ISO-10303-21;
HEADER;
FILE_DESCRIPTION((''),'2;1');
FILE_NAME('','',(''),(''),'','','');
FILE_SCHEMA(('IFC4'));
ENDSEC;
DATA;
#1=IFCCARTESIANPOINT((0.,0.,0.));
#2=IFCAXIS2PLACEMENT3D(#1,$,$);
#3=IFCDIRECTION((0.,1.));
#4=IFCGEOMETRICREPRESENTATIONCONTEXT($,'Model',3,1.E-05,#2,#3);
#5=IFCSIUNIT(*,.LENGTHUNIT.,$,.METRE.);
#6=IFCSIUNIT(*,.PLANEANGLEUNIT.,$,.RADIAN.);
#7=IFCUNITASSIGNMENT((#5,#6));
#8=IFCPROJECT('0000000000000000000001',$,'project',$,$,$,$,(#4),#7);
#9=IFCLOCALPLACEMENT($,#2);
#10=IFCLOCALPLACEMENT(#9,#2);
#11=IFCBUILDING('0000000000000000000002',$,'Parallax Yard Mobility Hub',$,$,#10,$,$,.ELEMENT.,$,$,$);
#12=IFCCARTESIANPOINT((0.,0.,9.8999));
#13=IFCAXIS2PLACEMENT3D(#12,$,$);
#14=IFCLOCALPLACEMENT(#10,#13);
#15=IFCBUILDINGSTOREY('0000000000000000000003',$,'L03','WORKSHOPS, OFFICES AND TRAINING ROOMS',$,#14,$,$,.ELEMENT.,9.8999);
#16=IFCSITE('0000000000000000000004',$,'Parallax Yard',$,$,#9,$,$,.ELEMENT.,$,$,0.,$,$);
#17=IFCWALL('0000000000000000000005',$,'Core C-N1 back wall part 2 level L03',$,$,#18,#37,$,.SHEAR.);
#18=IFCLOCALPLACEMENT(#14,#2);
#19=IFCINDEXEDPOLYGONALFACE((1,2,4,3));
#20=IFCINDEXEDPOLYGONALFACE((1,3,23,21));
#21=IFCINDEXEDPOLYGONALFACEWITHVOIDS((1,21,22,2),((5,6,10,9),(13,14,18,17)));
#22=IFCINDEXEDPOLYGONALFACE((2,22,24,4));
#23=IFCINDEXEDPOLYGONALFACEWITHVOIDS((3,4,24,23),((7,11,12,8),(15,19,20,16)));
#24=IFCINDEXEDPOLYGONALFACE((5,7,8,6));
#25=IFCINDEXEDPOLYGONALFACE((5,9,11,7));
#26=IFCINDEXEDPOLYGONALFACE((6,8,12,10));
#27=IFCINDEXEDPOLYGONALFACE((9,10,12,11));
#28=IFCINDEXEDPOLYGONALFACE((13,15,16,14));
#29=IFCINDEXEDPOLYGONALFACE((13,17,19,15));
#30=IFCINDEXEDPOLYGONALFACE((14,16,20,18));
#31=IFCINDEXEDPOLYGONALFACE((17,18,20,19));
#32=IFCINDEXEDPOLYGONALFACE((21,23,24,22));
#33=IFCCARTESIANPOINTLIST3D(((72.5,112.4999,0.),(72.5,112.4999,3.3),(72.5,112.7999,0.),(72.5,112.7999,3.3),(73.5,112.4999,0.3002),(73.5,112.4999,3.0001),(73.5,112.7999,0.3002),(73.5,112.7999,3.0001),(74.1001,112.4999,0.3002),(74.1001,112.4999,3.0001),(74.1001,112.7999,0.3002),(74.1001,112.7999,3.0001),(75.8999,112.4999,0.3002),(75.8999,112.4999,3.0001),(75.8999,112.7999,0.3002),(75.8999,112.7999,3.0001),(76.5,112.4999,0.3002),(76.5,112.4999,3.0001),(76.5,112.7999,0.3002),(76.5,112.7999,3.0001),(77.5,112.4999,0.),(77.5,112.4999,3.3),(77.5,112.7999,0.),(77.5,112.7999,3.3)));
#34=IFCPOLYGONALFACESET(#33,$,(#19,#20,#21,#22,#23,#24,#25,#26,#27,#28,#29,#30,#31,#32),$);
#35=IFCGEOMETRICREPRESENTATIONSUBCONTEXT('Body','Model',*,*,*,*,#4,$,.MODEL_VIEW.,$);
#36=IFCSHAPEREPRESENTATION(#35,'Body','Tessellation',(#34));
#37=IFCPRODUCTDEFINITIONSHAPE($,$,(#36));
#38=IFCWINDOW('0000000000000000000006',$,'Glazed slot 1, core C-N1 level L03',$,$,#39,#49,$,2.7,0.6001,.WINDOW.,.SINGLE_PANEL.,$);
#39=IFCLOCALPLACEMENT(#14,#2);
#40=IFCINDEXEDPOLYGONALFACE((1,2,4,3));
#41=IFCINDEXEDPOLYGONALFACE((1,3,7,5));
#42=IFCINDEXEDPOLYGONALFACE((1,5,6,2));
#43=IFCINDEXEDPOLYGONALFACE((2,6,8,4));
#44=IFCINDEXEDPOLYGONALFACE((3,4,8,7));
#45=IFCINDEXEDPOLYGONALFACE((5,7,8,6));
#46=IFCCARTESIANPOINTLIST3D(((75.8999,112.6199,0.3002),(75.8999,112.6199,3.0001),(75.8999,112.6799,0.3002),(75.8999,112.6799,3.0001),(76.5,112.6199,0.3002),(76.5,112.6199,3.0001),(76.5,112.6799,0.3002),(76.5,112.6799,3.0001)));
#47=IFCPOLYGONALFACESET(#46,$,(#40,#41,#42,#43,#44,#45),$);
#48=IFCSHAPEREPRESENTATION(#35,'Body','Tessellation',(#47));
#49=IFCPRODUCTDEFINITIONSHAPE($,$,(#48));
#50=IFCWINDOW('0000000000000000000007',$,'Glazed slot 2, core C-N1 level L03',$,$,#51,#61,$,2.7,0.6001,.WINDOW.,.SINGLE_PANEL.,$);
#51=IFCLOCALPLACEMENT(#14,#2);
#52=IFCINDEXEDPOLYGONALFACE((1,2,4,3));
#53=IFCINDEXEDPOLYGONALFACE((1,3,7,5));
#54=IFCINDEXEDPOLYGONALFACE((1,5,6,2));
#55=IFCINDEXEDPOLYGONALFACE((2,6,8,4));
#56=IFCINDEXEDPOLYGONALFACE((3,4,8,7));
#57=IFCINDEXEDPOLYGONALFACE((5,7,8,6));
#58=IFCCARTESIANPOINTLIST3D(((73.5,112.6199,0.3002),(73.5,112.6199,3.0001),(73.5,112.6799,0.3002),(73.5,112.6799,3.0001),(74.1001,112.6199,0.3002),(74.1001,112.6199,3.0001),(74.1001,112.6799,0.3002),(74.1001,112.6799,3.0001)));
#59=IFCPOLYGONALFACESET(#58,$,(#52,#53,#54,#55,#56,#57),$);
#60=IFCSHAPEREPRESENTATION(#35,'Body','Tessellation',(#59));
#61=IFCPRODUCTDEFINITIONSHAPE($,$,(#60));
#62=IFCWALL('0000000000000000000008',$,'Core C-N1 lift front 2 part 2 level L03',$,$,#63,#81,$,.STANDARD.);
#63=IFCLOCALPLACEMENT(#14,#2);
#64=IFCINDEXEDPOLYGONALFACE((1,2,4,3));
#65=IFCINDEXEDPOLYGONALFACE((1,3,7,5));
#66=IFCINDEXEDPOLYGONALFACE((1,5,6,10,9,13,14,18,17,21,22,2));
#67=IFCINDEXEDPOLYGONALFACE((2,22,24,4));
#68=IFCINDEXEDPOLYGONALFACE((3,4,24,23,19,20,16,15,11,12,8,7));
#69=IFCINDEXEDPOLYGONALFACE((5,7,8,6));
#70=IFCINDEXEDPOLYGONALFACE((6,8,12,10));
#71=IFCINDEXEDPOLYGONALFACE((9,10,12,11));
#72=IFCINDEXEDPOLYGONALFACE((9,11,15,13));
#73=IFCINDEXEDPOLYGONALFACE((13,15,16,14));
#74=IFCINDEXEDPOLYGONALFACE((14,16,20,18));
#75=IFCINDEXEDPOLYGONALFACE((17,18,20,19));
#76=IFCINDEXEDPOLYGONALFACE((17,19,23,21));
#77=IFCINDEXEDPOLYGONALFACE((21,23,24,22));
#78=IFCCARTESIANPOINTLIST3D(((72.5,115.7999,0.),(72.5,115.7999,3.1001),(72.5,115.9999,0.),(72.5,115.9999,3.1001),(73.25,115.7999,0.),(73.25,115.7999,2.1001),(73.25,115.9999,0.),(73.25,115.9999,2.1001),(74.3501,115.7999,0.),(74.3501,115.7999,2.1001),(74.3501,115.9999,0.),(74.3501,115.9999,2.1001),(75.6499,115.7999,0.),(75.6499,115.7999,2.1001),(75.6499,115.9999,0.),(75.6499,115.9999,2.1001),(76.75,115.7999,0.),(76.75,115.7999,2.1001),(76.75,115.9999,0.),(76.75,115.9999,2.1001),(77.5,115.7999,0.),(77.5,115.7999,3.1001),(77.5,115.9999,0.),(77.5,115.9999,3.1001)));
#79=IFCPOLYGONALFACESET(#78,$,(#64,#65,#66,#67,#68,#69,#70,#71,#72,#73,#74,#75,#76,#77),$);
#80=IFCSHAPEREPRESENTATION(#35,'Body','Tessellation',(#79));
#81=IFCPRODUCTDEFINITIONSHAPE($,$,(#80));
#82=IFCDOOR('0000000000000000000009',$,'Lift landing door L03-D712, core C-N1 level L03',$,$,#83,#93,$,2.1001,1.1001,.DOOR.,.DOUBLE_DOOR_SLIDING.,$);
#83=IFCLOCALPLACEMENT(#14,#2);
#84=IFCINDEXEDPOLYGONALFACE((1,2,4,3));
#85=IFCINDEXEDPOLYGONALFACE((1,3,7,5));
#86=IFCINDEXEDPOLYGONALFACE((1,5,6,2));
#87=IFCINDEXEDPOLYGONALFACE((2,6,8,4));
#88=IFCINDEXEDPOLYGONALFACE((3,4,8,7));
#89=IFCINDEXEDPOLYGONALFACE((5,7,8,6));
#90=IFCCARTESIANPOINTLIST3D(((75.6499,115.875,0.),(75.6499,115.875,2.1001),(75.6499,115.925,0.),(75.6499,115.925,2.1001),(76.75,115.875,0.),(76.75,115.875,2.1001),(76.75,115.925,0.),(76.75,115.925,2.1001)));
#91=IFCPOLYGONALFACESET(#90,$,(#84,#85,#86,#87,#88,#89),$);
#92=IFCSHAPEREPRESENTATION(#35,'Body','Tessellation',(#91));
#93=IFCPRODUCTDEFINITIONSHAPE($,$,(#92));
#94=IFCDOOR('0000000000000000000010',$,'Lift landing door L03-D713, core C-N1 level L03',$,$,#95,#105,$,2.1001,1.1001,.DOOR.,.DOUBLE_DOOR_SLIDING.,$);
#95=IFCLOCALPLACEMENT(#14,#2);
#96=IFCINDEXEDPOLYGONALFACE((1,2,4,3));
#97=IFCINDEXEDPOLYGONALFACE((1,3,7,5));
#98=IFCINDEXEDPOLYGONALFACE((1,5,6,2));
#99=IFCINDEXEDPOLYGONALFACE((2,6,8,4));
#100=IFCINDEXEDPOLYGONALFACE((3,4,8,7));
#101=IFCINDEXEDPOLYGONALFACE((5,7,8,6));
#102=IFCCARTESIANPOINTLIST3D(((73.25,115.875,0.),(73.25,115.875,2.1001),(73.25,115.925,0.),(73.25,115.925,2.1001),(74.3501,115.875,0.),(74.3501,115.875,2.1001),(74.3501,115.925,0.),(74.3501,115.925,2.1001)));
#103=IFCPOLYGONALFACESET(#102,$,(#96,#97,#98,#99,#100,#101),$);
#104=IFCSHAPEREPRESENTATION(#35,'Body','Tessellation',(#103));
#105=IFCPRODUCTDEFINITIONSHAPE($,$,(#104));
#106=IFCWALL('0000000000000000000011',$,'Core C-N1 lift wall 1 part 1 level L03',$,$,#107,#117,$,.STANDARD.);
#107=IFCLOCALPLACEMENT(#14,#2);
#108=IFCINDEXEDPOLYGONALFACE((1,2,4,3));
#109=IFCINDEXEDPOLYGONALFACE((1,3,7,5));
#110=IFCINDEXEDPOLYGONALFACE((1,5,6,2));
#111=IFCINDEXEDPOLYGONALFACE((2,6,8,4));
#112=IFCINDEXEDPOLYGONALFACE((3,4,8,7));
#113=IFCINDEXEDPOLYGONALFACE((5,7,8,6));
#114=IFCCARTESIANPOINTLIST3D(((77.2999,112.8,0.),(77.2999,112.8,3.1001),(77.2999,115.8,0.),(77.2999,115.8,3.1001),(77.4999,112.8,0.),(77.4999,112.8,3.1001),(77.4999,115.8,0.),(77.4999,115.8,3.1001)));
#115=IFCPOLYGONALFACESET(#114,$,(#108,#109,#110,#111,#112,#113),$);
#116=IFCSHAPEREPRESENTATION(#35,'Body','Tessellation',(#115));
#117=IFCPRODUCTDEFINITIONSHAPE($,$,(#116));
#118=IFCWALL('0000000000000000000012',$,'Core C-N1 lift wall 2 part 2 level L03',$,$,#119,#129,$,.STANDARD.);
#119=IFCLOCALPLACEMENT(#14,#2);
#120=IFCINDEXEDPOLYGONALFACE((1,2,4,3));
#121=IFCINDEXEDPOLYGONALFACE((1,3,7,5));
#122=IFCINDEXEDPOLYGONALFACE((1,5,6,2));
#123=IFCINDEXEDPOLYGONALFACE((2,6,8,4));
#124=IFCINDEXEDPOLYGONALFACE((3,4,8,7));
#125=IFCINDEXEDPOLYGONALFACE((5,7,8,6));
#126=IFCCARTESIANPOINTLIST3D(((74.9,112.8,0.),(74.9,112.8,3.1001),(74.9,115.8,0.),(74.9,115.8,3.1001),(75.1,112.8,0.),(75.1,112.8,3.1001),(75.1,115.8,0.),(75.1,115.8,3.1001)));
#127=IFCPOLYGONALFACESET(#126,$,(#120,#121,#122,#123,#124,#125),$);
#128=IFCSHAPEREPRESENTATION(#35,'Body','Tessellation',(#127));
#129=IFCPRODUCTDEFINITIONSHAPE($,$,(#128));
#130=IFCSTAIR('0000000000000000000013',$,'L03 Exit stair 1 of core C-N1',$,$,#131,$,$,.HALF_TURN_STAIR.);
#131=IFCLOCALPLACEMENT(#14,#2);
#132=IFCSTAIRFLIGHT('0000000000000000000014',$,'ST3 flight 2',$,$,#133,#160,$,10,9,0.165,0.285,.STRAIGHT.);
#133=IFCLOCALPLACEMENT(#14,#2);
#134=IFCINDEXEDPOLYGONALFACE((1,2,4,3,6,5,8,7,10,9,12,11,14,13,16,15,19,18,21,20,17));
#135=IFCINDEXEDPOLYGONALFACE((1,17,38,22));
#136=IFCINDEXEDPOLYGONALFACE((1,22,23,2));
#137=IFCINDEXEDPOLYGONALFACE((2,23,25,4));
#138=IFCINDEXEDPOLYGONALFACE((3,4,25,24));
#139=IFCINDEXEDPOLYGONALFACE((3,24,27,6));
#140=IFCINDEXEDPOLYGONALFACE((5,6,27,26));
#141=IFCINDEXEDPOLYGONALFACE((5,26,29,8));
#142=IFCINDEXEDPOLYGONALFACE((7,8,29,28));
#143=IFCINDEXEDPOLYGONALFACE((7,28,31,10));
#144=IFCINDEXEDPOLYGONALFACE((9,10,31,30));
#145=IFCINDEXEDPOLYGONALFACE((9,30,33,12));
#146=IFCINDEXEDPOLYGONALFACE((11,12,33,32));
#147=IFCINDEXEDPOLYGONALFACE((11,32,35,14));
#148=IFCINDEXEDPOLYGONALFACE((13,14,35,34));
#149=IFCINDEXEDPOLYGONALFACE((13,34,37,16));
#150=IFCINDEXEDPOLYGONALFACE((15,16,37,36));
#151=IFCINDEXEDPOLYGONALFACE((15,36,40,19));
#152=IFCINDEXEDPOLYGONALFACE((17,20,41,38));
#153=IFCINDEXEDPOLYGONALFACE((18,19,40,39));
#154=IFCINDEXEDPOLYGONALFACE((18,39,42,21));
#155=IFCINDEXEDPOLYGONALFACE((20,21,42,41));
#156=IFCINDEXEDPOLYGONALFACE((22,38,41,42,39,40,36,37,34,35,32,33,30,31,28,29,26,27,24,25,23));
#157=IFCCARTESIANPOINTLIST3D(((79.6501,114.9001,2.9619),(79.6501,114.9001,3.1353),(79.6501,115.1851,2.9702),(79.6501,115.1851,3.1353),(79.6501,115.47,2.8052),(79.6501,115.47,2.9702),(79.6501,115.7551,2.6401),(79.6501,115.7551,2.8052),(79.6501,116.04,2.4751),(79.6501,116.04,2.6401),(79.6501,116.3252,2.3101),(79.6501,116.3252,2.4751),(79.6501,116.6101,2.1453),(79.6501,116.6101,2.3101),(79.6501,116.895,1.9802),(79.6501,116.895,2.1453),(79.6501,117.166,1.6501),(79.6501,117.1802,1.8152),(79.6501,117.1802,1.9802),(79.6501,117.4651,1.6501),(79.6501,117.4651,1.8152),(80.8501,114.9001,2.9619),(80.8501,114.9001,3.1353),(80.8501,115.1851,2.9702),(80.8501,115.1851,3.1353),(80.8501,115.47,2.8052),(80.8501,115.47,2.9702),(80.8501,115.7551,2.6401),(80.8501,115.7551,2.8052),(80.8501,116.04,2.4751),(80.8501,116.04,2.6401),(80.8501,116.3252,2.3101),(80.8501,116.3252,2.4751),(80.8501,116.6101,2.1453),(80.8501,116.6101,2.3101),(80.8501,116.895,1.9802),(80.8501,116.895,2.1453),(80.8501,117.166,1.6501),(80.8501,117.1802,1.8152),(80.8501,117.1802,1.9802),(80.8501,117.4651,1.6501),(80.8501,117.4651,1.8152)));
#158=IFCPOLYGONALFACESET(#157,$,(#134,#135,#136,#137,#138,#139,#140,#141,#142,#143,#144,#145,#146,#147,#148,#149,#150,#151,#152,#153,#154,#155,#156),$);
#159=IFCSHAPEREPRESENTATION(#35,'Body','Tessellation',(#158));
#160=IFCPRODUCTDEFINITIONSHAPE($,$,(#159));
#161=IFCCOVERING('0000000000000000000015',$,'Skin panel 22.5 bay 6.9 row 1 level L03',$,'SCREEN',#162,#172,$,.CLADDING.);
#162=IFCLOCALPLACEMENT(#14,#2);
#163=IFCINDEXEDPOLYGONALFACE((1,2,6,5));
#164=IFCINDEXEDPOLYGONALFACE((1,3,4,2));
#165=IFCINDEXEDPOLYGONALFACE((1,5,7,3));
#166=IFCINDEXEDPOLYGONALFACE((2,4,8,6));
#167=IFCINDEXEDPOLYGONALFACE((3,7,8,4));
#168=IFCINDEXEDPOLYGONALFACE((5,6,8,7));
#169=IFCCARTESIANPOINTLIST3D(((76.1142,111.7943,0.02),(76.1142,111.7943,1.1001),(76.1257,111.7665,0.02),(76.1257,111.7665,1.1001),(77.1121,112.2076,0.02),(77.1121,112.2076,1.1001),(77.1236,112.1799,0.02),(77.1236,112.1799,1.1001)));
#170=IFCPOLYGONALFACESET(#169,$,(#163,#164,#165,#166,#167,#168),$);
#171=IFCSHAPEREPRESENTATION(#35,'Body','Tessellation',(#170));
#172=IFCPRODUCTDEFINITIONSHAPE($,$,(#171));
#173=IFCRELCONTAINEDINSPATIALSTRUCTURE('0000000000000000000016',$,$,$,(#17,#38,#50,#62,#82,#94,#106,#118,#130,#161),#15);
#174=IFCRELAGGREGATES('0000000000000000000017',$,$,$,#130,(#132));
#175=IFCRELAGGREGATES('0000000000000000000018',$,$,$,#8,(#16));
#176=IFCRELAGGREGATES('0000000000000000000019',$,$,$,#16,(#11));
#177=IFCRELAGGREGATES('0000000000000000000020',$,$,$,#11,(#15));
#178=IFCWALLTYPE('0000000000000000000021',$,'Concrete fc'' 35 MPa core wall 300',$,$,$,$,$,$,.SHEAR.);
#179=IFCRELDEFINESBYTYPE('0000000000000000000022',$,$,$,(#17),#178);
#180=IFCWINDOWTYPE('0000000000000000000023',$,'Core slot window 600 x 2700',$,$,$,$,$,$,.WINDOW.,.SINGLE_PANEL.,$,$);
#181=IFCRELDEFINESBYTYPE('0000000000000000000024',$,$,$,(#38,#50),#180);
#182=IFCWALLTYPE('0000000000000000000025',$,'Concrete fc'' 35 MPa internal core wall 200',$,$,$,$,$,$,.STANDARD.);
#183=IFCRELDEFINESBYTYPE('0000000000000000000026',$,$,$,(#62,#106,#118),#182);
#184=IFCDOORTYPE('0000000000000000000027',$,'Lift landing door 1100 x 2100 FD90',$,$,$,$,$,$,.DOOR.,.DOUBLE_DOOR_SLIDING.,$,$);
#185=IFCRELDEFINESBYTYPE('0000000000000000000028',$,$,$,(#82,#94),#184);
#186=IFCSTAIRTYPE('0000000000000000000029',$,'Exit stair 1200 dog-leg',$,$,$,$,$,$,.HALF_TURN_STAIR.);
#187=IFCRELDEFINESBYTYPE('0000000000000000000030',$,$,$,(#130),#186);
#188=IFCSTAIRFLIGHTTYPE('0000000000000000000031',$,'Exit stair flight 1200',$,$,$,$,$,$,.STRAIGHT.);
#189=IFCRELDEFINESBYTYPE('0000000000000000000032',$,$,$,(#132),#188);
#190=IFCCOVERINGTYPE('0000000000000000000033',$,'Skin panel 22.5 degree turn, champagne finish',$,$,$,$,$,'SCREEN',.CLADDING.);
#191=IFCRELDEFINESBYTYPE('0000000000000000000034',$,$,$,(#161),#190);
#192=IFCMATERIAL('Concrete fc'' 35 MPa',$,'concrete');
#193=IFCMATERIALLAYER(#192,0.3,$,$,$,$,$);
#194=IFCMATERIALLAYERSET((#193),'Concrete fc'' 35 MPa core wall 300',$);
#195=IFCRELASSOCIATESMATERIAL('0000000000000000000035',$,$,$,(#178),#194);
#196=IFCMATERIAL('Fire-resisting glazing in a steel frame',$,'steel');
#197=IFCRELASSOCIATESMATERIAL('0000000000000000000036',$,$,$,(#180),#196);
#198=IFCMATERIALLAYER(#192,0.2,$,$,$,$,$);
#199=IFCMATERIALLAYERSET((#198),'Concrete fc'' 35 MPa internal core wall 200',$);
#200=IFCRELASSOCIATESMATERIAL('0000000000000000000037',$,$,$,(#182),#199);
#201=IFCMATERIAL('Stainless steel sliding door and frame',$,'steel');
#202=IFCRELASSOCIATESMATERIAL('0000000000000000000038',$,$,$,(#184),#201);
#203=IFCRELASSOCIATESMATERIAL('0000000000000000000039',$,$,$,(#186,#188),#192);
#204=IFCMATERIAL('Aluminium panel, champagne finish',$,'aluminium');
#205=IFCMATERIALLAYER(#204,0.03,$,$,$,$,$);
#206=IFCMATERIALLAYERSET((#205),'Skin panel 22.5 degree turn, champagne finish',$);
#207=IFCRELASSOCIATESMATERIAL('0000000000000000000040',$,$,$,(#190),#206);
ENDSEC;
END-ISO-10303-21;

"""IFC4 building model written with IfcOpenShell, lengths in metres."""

from ifc_helpers import new_model, si_unit, direction, frame, frame_2d, origin, origin_2d, place, context, subcontext, project, spatial, polyline, rectangle, outline, extrude, material, layer, layer_set, type_object, element, fill, aggregate, save


model = new_model("IFC4")

# Units and contexts
model_context = context("Model", 3, precision=1e-05, world=origin(), true_north=direction((0.0, 1.0)))
body_context = subcontext(model_context, "Body", "Model", "MODEL_VIEW")
ifc_project = project(units=[si_unit("LENGTHUNIT", "METRE"), si_unit("PLANEANGLEUNIT", "RADIAN")], contexts=[model_context])

# Site, building, storey
site_placement = place(None, origin())
site = spatial("IfcSite", under=ifc_project, at=site_placement, Name="Parallax Yard", CompositionType="ELEMENT", RefElevation=0.0)
building_placement = place(site_placement, origin())
building = spatial("IfcBuilding", under=site, at=building_placement, Name="Parallax Yard Mobility Hub", CompositionType="ELEMENT")
storey_placement = place(building_placement, frame((0.0, 0.0, 9.8999)))
storey = spatial("IfcBuildingStorey", under=building, at=storey_placement, Name="L03", Description="WORKSHOPS, OFFICES AND TRAINING ROOMS", CompositionType="ELEMENT", Elevation=9.8999)

# Wall, openings, windows
ifc_material_1 = material(Name="Concrete fc' 35 MPa", Category="concrete")
ifc_layer_1 = layer(ifc_material_1, 0.3)
ifc_layer_set_1 = layer_set([ifc_layer_1], Name="Concrete fc' 35 MPa core wall 300")
wall_type_1 = type_object("IfcWallType", Name="Concrete fc' 35 MPa core wall 300", PredefinedType="SHEAR", material=ifc_layer_set_1)
wall_1_placement = place(storey_placement, frame((77.5, 112.6499, 0.0), z_axis=(0.0, 0.0, 1.0), x_axis=(-1.0, 0.0, 0.0)))
wall_1 = element("IfcWall", 1, at=wall_1_placement, inside=storey, type_object=wall_type_1, Name="Core C-N1 back wall part 2 level L03", PredefinedType="SHEAR", context=body_context, shape_type="SweptSolid", body=[
    extrude(rectangle(XDim=5.0, YDim=0.3, at=frame_2d((2.5, 0.0))), origin(), (0.0, 0.0, 1.0), 3.3),
])
opening_1_placement = place(wall_1_placement, frame((1.0, 0.0, 0.3)))
opening_1 = element("IfcOpeningElement", 2, at=opening_1_placement, cuts=wall_1, PredefinedType="OPENING", context=body_context, shape_type="SweptSolid", body=[
    extrude(rectangle(XDim=0.6001, YDim=2.7, at=frame_2d((0.3, 1.3501))), frame((0.0, 0.1602, 0.0), z_axis=(0.0, -1.0, 0.0), x_axis=(1.0, 0.0, 0.0)), (0.0, 0.0, 1.0), 0.3201),
])
opening_2_placement = place(wall_1_placement, frame((3.3999, 0.0, 0.3)))
opening_2 = element("IfcOpeningElement", 3, at=opening_2_placement, cuts=wall_1, PredefinedType="OPENING", context=body_context, shape_type="SweptSolid", body=[
    extrude(rectangle(XDim=0.6001, YDim=2.7, at=frame_2d((0.3, 1.3501))), frame((0.0, 0.1602, 0.0), z_axis=(0.0, -1.0, 0.0), x_axis=(1.0, 0.0, 0.0)), (0.0, 0.0, 1.0), 0.3201),
])
ifc_material_2 = material(Name="Fire-resisting glazing in a steel frame", Category="steel")
window_type = type_object("IfcWindowType", Name="Core slot window 600 x 2700", PartitioningType="SINGLE_PANEL", PredefinedType="WINDOW", material=ifc_material_2)
window_1_placement = place(opening_1_placement, origin())
window_1 = element("IfcWindow", 4, at=window_1_placement, inside=storey, type_object=window_type, Name="Glazed slot 1, core C-N1 level L03", OverallHeight=2.7, OverallWidth=0.6001, PartitioningType="SINGLE_PANEL", PredefinedType="WINDOW", context=body_context, shape_type="SweptSolid", body=[
    extrude(rectangle(XDim=0.6001, YDim=2.7, at=frame_2d((0.3, 1.3501))), frame((0.0, 0.03, 0.0), z_axis=(0.0, -1.0, 0.0), x_axis=(1.0, 0.0, 0.0)), (0.0, 0.0, 1.0), 0.0601),
])
fill(opening_1, window_1)
window_2_placement = place(opening_2_placement, origin())
window_2 = element("IfcWindow", 5, at=window_2_placement, inside=storey, type_object=window_type, Name="Glazed slot 2, core C-N1 level L03", OverallHeight=2.7, OverallWidth=0.6001, PartitioningType="SINGLE_PANEL", PredefinedType="WINDOW", context=body_context, shape_type="SweptSolid", body=[
    extrude(rectangle(XDim=0.6001, YDim=2.7, at=frame_2d((0.3, 1.3501))), frame((0.0, 0.03, 0.0), z_axis=(0.0, -1.0, 0.0), x_axis=(1.0, 0.0, 0.0)), (0.0, 0.0, 1.0), 0.0601),
])
fill(opening_2, window_2)

# Wall, openings, doors
ifc_layer_2 = layer(ifc_material_1, 0.2)
ifc_layer_set_2 = layer_set([ifc_layer_2], Name="Concrete fc' 35 MPa internal core wall 200")
wall_type_2 = type_object("IfcWallType", Name="Concrete fc' 35 MPa internal core wall 200", PredefinedType="STANDARD", material=ifc_layer_set_2)
wall_2_placement = place(storey_placement, frame((77.5, 115.8999, 0.0), z_axis=(0.0, 0.0, 1.0), x_axis=(-1.0, 0.0, 0.0)))
wall_2 = element("IfcWall", 6, at=wall_2_placement, inside=storey, type_object=wall_type_2, Name="Core C-N1 lift front 2 part 2 level L03", PredefinedType="STANDARD", context=body_context, shape_type="SweptSolid", body=[
    extrude(rectangle(XDim=5.0, YDim=0.2, at=frame_2d((2.5, 0.0))), origin(), (0.0, 0.0, 1.0), 3.1001),
])
opening_3_placement = place(wall_2_placement, frame((0.75, 0.0, 0.0)))
opening_3 = element("IfcOpeningElement", 7, at=opening_3_placement, cuts=wall_2, PredefinedType="OPENING", context=body_context, shape_type="SweptSolid", body=[
    extrude(rectangle(XDim=1.1001, YDim=2.1001, at=frame_2d((0.55, 1.05))), frame((0.0, 0.1099, 0.0), z_axis=(0.0, -1.0, 0.0), x_axis=(1.0, 0.0, 0.0)), (0.0, 0.0, 1.0), 0.22),
])
opening_4_placement = place(wall_2_placement, frame((3.1499, 0.0, 0.0)))
opening_4 = element("IfcOpeningElement", 8, at=opening_4_placement, cuts=wall_2, PredefinedType="OPENING", context=body_context, shape_type="SweptSolid", body=[
    extrude(rectangle(XDim=1.1001, YDim=2.1001, at=frame_2d((0.55, 1.05))), frame((0.0, 0.1099, 0.0), z_axis=(0.0, -1.0, 0.0), x_axis=(1.0, 0.0, 0.0)), (0.0, 0.0, 1.0), 0.22),
])
ifc_material_3 = material(Name="Stainless steel sliding door and frame", Category="steel")
door_type = type_object("IfcDoorType", Name="Lift landing door 1100 x 2100 FD90", OperationType="DOUBLE_DOOR_SLIDING", PredefinedType="DOOR", material=ifc_material_3)
door_1_placement = place(opening_3_placement, origin())
door_1 = element("IfcDoor", 9, at=door_1_placement, inside=storey, type_object=door_type, Name="Lift landing door L03-D712, core C-N1 level L03", OperationType="DOUBLE_DOOR_SLIDING", OverallHeight=2.1001, OverallWidth=1.1001, PredefinedType="DOOR", context=body_context, shape_type="SweptSolid", body=[
    extrude(rectangle(XDim=1.1001, YDim=2.1001, at=frame_2d((0.55, 1.05))), frame((0.0, 0.0249, 0.0), z_axis=(0.0, -1.0, 0.0), x_axis=(1.0, 0.0, 0.0)), (0.0, 0.0, 1.0), 0.05),
])
fill(opening_3, door_1)
door_2_placement = place(opening_4_placement, origin())
door_2 = element("IfcDoor", 10, at=door_2_placement, inside=storey, type_object=door_type, Name="Lift landing door L03-D713, core C-N1 level L03", OperationType="DOUBLE_DOOR_SLIDING", OverallHeight=2.1001, OverallWidth=1.1001, PredefinedType="DOOR", context=body_context, shape_type="SweptSolid", body=[
    extrude(rectangle(XDim=1.1001, YDim=2.1001, at=frame_2d((0.55, 1.05))), frame((0.0, 0.0249, 0.0), z_axis=(0.0, -1.0, 0.0), x_axis=(1.0, 0.0, 0.0)), (0.0, 0.0, 1.0), 0.05),
])
fill(opening_4, door_2)

# Walls
for number, where, z_axis, x_axis, name in (
    (11, (77.3999, 115.8, 0.0), (0.0, 0.0, 1.0), (0.0, -1.0, 0.0), "Core C-N1 lift wall 1 part 1 level L03"),
    (12, (75.0, 115.8, 0.0), (0.0, 0.0, 1.0), (0.0, -1.0, 0.0), "Core C-N1 lift wall 2 part 2 level L03"),
):
    element("IfcWall", number, at=place(storey_placement, frame(where, z_axis=z_axis, x_axis=x_axis)), inside=storey, type_object=wall_type_2, Name=name, PredefinedType="STANDARD", context=body_context, shape_type="SweptSolid", body=[
        extrude(rectangle(XDim=3.0, YDim=0.2, at=frame_2d((1.5, 0.0))), origin(), (0.0, 0.0, 1.0), 3.1001),
    ])

# Stair, stair flight
stair_type = type_object("IfcStairType", Name="Exit stair 1200 dog-leg", PredefinedType="HALF_TURN_STAIR", material=ifc_material_1)
stair_placement = place(storey_placement, origin())
stair = element("IfcStair", 13, at=stair_placement, inside=storey, type_object=stair_type, Name="L03 Exit stair 1 of core C-N1", PredefinedType="HALF_TURN_STAIR")
stair_flight_type = type_object("IfcStairFlightType", Name="Exit stair flight 1200", PredefinedType="STRAIGHT", material=ifc_material_1)
stair_flight_placement = place(storey_placement, frame((80.25, 117.4651, 1.6501), z_axis=(0.0, 0.0, 1.0), x_axis=(0.0, -1.0, 0.0)))
stair_flight = element("IfcStairFlight", 14, at=stair_flight_placement, type_object=stair_flight_type, Name="ST3 flight 2", NumberOfRisers=10, NumberOfTreads=9, PredefinedType="STRAIGHT", RiserHeight=0.165, TreadLength=0.285, context=body_context, shape_type="SweptSolid", body=[
    extrude(outline(polyline([(0.0, 0.0), (0.0, 0.165), (0.2849, 0.165), (0.2849, 0.3301), (0.5701, 0.3301), (0.5701, 0.4951), (0.855, 0.4951), (0.855, 0.6599), (1.1399, 0.6599), (1.1399, 0.825), (1.425, 0.825), (1.425, 0.99), (1.71, 0.99), (1.71, 1.155), (1.9951, 1.155), (1.9951, 1.3201), (2.28, 1.3201), (2.28, 1.4851), (2.5649, 1.4851), (2.5649, 1.6499), (2.5649, 1.3118), (0.2991, 0.0), (0.0, 0.0)])), frame((0.0, 0.6001, 0.0), z_axis=(0.0, -1.0, 0.0), x_axis=(1.0, 0.0, 0.0)), (0.0, 0.0, 1.0), 1.2),
])
aggregate(stair, [stair_flight])

# Covering
ifc_material_4 = material(Name="Aluminium panel, champagne finish", Category="aluminium")
ifc_layer_3 = layer(ifc_material_4, 0.03)
ifc_layer_set_3 = layer_set([ifc_layer_3], Name="Skin panel 22.5 degree turn, champagne finish")
covering_type_1 = type_object("IfcCoveringType", Name="Skin panel 22.5 degree turn, champagne finish", ElementType="SCREEN", PredefinedType="CLADDING", material=ifc_layer_set_3)
covering_1_placement = place(storey_placement, frame((76.6189, 111.9871, 0.02), z_axis=(0.0, 0.0, 1.0), x_axis=(-0.92388, -0.382683, 0.0)))
element("IfcCovering", 15, at=covering_1_placement, inside=storey, type_object=covering_type_1, Name="Skin panel 22.5 bay 6.9 row 1 level L03", ObjectType="SCREEN", PredefinedType="CLADDING", context=body_context, shape_type="SweptSolid", body=[
    extrude(rectangle(XDim=1.0801, YDim=0.03, at=origin_2d()), origin(), (0.0, 0.0, 1.0), 1.0801),
])

save(model, "model.ifc")
